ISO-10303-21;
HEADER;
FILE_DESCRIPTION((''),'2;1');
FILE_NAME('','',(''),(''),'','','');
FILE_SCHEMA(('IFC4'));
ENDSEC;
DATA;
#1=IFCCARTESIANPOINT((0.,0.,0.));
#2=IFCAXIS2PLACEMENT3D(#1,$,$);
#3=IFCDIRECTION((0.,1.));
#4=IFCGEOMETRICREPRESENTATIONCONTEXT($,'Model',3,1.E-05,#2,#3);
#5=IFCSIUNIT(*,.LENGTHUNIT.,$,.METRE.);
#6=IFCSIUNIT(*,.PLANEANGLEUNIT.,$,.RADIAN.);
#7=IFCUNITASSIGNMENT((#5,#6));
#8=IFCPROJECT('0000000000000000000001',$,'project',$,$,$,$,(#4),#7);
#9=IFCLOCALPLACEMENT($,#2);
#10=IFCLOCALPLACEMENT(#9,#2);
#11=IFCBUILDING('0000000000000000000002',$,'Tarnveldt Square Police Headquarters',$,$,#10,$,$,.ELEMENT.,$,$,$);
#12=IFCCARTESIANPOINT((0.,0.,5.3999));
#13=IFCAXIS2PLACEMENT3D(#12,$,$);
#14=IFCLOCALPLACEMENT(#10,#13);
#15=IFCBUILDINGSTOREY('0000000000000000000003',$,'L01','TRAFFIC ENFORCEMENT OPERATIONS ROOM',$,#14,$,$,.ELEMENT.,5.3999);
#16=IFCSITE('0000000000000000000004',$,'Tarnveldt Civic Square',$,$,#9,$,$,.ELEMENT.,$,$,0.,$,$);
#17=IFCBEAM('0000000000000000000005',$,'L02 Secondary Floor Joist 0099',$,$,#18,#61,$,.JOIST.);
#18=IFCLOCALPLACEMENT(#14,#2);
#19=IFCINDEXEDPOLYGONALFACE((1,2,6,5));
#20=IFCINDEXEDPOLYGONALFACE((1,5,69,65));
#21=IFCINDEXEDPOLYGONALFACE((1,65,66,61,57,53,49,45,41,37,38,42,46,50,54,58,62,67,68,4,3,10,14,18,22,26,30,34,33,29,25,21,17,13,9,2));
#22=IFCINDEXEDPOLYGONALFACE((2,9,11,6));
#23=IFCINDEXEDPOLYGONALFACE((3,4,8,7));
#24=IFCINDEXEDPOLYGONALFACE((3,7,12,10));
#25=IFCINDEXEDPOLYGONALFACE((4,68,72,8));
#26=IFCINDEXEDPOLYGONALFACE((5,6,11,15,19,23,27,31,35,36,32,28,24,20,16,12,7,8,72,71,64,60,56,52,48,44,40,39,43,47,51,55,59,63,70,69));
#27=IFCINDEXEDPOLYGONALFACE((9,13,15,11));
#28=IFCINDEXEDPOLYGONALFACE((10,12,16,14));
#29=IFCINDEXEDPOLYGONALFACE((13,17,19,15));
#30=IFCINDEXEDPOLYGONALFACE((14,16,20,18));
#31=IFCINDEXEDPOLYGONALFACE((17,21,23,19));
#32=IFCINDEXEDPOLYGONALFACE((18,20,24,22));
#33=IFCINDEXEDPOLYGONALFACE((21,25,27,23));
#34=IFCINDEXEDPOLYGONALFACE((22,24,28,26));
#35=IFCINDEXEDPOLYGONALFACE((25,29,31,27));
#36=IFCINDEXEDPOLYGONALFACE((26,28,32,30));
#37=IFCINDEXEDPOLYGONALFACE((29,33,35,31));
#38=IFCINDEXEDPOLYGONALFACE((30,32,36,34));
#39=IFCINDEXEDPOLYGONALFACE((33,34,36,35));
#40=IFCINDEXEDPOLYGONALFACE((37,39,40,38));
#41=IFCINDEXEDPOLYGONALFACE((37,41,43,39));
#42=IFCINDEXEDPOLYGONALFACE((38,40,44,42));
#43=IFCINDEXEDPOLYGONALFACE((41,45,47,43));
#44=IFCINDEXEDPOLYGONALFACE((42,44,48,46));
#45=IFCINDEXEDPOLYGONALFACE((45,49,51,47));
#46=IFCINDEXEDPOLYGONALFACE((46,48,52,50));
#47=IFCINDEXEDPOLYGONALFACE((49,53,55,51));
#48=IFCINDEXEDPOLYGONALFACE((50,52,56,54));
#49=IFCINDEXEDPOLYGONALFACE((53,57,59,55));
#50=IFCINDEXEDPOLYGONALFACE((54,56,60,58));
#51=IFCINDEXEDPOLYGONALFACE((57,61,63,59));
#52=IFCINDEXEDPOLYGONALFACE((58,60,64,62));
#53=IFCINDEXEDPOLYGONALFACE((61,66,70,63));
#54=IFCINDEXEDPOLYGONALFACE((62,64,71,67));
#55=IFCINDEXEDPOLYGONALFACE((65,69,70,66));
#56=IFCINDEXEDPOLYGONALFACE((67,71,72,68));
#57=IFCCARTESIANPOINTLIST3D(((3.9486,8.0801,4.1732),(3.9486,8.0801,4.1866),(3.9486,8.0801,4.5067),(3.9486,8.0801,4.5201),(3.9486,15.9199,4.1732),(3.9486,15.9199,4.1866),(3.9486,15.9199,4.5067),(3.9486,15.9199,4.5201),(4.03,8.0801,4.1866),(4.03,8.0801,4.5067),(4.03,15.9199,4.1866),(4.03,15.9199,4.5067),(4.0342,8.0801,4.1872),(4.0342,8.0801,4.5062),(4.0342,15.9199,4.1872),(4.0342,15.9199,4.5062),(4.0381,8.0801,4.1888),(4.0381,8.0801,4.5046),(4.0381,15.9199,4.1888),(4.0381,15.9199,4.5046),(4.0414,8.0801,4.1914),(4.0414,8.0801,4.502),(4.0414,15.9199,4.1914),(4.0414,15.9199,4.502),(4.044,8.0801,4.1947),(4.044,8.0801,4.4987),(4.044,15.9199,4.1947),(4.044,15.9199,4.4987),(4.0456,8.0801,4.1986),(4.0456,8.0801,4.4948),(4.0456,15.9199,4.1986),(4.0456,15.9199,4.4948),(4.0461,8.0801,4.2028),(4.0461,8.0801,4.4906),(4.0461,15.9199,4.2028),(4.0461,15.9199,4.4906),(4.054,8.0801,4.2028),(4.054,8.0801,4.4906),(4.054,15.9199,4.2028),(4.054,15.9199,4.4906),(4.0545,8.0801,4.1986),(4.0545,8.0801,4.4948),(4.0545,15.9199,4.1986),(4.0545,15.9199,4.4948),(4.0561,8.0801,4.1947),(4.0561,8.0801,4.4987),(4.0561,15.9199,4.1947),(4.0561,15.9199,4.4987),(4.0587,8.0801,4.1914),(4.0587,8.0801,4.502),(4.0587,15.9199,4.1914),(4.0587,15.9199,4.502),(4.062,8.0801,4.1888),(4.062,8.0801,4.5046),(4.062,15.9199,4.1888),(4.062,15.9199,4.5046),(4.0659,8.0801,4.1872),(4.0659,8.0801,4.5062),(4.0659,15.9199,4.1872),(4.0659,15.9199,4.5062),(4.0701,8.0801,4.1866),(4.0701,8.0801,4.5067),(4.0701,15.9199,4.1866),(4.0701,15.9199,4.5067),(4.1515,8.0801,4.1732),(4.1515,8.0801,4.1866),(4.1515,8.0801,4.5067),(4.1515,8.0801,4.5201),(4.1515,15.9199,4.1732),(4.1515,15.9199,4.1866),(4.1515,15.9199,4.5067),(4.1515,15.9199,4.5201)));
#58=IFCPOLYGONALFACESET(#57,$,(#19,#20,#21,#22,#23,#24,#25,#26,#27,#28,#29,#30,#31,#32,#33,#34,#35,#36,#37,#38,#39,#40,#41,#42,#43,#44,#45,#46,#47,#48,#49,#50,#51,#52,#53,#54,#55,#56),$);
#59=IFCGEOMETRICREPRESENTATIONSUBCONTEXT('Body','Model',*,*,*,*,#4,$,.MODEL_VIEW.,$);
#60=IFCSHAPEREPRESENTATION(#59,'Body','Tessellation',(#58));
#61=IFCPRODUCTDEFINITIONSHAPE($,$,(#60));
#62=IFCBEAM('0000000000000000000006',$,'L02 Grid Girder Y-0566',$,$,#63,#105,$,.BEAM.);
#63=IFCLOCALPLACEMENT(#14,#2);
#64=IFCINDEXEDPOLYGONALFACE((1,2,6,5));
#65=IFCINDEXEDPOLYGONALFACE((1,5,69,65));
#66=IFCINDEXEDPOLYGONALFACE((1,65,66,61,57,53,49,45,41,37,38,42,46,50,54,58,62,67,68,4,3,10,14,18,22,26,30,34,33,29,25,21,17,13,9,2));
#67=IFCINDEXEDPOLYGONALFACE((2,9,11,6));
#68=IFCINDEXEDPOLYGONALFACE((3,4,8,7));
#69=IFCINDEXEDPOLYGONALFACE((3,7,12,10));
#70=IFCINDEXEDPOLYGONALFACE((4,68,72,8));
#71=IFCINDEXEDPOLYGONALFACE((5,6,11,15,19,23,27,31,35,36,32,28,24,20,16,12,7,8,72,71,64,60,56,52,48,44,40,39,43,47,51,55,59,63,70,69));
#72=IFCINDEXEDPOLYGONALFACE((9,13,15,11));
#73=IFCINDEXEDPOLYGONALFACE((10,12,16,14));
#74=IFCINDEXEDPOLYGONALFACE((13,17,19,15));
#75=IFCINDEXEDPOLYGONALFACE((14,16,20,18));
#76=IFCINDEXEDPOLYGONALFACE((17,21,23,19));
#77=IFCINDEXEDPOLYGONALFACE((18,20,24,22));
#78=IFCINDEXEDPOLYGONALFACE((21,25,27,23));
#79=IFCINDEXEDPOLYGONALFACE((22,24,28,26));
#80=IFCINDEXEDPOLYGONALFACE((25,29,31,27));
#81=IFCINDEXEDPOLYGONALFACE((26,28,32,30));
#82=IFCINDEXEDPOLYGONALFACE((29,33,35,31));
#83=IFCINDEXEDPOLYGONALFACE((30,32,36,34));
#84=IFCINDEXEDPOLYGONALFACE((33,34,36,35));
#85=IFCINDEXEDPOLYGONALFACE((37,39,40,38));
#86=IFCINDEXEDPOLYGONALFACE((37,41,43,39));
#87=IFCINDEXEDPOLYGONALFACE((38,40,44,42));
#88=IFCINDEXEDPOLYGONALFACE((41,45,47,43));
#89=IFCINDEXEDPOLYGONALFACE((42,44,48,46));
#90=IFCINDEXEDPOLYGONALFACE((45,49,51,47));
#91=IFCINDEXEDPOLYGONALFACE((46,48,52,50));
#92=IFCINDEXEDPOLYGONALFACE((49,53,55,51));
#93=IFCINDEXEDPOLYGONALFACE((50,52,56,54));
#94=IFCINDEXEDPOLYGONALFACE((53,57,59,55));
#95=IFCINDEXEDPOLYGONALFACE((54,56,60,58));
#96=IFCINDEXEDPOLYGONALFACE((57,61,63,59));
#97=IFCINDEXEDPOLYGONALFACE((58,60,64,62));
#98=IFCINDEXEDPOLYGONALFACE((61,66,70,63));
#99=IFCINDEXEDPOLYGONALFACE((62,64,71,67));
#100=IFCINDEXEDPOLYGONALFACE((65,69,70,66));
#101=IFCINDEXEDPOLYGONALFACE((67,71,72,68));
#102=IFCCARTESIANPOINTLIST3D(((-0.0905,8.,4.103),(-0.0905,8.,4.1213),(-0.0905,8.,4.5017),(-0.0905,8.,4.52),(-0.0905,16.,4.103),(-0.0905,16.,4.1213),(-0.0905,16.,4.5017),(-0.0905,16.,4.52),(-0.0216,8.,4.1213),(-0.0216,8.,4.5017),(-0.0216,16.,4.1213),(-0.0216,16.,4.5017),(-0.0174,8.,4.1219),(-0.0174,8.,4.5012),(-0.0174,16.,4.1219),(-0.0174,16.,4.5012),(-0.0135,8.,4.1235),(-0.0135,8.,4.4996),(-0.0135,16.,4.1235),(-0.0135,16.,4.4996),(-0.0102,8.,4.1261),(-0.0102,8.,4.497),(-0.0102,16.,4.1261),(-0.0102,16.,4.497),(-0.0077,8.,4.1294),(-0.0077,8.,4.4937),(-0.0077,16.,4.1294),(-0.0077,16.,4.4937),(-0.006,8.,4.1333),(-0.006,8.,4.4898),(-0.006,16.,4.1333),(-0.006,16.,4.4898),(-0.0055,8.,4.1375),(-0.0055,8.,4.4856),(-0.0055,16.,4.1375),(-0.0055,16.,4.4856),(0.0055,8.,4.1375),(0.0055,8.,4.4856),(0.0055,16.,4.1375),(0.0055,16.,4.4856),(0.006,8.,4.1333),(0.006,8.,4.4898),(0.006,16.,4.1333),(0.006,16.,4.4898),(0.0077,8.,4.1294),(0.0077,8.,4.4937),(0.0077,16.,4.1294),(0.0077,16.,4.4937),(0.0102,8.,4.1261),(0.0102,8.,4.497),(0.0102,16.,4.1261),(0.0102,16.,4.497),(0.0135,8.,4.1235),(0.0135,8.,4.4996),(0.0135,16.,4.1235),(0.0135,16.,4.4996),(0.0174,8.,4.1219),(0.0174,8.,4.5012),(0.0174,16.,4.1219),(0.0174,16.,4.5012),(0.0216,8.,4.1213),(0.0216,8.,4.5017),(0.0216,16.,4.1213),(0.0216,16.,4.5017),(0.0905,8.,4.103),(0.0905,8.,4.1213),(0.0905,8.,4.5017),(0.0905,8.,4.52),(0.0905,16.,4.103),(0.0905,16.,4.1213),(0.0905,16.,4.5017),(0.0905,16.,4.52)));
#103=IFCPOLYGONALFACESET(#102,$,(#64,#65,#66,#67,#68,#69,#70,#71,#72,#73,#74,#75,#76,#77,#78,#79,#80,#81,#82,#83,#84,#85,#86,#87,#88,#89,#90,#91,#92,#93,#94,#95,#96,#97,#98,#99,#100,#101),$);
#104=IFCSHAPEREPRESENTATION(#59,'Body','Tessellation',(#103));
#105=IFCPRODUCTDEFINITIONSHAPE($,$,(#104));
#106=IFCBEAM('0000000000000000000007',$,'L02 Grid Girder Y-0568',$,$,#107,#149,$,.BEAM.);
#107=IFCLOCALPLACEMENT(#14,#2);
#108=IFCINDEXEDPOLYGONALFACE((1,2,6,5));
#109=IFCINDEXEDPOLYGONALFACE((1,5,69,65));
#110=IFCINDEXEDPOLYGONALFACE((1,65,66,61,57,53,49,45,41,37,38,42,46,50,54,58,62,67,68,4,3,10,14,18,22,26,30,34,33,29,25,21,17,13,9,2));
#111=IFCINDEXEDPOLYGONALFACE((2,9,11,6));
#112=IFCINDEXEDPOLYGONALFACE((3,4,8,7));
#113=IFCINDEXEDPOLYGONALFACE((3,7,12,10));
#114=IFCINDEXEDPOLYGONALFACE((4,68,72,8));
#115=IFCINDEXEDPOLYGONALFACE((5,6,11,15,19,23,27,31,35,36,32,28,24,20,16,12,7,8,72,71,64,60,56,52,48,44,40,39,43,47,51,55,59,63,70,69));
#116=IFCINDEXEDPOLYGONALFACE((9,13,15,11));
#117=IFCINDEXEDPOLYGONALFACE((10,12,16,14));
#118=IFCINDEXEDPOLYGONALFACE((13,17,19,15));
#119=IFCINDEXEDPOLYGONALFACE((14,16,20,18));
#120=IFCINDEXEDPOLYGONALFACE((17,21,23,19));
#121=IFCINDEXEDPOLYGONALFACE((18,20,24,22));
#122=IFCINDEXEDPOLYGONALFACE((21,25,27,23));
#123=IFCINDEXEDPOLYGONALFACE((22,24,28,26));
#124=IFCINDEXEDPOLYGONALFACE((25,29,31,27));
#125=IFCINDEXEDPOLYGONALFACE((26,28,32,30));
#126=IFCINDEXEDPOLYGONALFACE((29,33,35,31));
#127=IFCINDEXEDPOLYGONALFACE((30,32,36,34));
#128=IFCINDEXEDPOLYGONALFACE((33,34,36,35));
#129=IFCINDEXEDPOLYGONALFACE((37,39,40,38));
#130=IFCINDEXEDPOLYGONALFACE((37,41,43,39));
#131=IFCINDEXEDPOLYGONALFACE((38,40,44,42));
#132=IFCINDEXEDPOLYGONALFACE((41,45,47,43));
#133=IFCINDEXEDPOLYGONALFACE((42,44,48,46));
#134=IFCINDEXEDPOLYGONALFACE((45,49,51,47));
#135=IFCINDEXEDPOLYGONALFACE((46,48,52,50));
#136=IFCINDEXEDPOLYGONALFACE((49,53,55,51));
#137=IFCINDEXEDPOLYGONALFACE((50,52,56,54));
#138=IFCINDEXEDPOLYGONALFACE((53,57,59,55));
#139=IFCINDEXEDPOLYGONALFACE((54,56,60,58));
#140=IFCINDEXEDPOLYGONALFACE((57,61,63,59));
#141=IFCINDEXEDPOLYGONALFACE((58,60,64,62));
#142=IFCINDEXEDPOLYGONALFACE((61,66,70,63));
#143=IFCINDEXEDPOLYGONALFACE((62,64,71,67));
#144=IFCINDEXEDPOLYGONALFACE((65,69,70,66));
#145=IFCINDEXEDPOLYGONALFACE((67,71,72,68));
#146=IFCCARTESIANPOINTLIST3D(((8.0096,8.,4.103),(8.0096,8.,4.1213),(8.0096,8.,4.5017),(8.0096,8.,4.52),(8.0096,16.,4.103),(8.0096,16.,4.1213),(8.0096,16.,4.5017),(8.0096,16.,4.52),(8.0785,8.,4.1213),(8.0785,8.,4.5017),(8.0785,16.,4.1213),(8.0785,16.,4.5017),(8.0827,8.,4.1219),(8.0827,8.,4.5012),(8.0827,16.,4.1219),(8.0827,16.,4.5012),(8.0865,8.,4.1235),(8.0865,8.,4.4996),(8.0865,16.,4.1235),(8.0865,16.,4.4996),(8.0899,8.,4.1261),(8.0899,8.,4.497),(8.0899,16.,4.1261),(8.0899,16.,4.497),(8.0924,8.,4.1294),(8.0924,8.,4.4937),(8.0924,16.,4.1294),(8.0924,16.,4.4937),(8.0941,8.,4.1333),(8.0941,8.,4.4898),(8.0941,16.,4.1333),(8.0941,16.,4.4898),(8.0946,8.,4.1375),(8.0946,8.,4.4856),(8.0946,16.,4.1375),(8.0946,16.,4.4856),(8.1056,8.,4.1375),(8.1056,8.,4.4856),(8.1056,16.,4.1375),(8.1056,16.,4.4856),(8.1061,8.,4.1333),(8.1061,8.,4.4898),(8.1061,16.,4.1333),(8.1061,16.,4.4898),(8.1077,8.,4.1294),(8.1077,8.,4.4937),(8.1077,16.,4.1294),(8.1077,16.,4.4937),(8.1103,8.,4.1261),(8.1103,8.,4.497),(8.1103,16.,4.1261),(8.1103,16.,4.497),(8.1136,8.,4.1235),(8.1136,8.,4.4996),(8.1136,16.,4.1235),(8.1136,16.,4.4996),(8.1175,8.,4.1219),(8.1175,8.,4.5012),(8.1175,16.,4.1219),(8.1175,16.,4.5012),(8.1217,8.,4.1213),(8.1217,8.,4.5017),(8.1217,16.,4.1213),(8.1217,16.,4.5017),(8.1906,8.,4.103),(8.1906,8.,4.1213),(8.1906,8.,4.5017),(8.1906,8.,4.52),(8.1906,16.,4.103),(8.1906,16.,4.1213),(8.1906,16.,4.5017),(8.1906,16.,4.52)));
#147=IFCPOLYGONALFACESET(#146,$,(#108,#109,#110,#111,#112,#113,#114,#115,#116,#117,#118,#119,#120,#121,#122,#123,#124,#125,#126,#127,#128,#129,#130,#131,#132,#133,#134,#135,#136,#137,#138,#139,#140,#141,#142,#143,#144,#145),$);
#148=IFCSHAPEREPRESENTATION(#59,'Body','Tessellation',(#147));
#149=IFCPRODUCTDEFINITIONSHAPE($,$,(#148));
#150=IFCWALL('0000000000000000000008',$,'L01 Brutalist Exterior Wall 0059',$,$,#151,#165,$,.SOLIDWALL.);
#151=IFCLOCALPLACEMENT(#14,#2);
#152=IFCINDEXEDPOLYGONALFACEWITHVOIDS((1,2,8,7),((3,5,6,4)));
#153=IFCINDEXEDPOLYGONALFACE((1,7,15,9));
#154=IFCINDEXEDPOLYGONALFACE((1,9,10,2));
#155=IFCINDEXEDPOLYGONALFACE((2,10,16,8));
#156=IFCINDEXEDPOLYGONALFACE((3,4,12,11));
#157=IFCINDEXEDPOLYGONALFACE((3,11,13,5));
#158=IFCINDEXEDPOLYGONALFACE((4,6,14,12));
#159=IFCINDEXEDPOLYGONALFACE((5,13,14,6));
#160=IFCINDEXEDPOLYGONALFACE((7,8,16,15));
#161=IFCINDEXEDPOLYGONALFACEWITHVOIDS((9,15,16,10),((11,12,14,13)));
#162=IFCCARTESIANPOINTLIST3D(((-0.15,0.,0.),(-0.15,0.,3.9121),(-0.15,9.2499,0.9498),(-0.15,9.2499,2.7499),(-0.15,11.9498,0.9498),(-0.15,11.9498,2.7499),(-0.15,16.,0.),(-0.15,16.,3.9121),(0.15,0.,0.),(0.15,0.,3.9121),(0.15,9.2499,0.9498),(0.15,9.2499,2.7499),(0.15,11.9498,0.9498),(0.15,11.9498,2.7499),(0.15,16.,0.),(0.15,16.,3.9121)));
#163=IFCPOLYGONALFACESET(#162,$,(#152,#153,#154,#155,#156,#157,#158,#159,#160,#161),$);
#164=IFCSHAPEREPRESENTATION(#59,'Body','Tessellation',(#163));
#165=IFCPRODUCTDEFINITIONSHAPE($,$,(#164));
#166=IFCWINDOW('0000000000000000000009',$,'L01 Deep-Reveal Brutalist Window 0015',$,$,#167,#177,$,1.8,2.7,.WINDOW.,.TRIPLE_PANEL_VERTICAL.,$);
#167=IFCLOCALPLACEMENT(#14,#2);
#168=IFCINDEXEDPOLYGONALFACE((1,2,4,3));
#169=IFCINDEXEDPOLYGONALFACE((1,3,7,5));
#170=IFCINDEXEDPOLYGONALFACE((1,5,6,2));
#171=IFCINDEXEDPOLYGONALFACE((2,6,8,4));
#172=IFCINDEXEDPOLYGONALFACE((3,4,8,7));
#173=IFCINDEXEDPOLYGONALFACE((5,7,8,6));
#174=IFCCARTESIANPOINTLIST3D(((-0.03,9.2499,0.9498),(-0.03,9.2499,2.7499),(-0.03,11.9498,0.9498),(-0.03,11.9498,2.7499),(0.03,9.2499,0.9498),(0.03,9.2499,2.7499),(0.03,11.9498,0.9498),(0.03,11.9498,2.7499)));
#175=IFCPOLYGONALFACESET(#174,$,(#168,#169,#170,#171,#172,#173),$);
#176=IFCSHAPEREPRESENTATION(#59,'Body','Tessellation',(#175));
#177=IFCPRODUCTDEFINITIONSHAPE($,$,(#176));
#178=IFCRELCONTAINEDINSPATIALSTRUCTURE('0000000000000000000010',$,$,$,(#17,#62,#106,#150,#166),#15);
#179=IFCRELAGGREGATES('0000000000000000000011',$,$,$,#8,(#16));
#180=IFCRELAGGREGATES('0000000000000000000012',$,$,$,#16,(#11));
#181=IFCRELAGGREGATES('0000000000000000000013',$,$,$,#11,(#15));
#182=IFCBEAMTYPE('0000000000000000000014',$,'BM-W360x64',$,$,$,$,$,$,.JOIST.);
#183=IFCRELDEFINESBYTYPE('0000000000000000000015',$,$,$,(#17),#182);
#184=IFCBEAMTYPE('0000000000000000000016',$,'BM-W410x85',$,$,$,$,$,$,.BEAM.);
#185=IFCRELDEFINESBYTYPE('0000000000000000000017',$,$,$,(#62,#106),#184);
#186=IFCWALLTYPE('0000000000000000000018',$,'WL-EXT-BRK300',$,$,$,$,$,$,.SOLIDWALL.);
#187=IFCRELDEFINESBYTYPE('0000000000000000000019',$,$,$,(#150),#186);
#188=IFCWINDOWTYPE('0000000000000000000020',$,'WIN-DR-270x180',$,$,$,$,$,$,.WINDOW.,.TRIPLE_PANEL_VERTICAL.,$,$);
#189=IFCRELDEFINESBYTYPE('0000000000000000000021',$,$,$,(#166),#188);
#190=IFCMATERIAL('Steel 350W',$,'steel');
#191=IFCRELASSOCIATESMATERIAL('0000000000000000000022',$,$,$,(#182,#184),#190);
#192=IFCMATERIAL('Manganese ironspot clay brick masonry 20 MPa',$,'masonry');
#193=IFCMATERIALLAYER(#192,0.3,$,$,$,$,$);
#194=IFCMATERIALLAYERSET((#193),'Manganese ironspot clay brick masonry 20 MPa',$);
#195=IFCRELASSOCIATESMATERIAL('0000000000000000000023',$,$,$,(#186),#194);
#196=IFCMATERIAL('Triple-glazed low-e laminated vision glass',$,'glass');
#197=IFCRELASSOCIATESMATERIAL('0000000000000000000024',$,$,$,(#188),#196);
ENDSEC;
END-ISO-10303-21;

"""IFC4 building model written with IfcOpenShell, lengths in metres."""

from ifc_helpers import new_model, si_unit, direction, frame, frame_2d, origin, origin_2d, place, context, subcontext, project, spatial, rectangle, i_section, extrude, material, layer, layer_set, material_profile, profile_set, type_object, element, fill, save


model = new_model("IFC4")

# Units and contexts
model_context = context("Model", 3, precision=1e-05, world=origin(), true_north=direction((0.0, 1.0)))
body_context = subcontext(model_context, "Body", "Model", "MODEL_VIEW")
ifc_project = project(units=[si_unit("LENGTHUNIT", "METRE"), si_unit("PLANEANGLEUNIT", "RADIAN")], contexts=[model_context])

# Site, building, storey
site_placement = place(None, origin())
site = spatial("IfcSite", under=ifc_project, at=site_placement, Name="Tarnveldt Civic Square", CompositionType="ELEMENT", RefElevation=0.0)
building_placement = place(site_placement, origin())
building = spatial("IfcBuilding", under=site, at=building_placement, Name="Tarnveldt Square Police Headquarters", CompositionType="ELEMENT")
storey_placement = place(building_placement, frame((0.0, 0.0, 5.3999)))
storey = spatial("IfcBuildingStorey", under=building, at=storey_placement, Name="L01", Description="TRAFFIC ENFORCEMENT OPERATIONS ROOM", CompositionType="ELEMENT", Elevation=5.3999)

# Beams
ifc_material_1 = material(Name="Steel 350W", Category="steel")
ifc_material_profile_1 = material_profile(ifc_material_1, i_section(OverallWidth=0.2029, OverallDepth=0.3469, WebThickness=0.0078, FlangeThickness=0.0134, FilletRadius=0.0161, at=origin_2d()), Name="W360x64")
ifc_profile_set_1 = profile_set([ifc_material_profile_1], Name="Steel 350W")
beam_type_1 = type_object("IfcBeamType", Name="BM-W360x64", PredefinedType="JOIST", material=ifc_profile_set_1)
beam_1_placement = place(storey_placement, frame((4.05, 8.0801, 4.3467), z_axis=(0.0, 1.0, 0.0), x_axis=(-1.0, 0.0, 0.0)))
element("IfcBeam", 1, at=beam_1_placement, inside=storey, type_object=beam_type_1, Name="L02 Secondary Floor Joist 0099", PredefinedType="JOIST", context=body_context, shape_type="SweptSolid", body=[
    extrude(i_section(OverallWidth=0.2029, OverallDepth=0.3469, WebThickness=0.0078, FlangeThickness=0.0134, FilletRadius=0.0161, at=origin_2d()), origin(), (0.0, 0.0, 1.0), 7.8398),
])
ifc_material_profile_2 = material_profile(ifc_material_1, i_section(OverallWidth=0.1809, OverallDepth=0.417, WebThickness=0.011, FlangeThickness=0.0183, FilletRadius=0.0161, at=origin_2d()), Name="W410x85")
ifc_profile_set_2 = profile_set([ifc_material_profile_2], Name="Steel 350W")
beam_type_2 = type_object("IfcBeamType", Name="BM-W410x85", PredefinedType="BEAM", material=ifc_profile_set_2)
for number, where, z_axis, x_axis, name in (
    (2, (0.0, 8.0, 4.3115), (0.0, 1.0, 0.0), (-1.0, 0.0, 0.0), "L02 Grid Girder Y-0566"),
    (3, (8.1001, 8.0, 4.3115), (0.0, 1.0, 0.0), (-1.0, 0.0, 0.0), "L02 Grid Girder Y-0568"),
):
    element("IfcBeam", number, at=place(storey_placement, frame(where, z_axis=z_axis, x_axis=x_axis)), inside=storey, type_object=beam_type_2, Name=name, PredefinedType="BEAM", context=body_context, shape_type="SweptSolid", body=[
        extrude(i_section(OverallWidth=0.1809, OverallDepth=0.417, WebThickness=0.011, FlangeThickness=0.0183, FilletRadius=0.0161, at=origin_2d()), origin(), (0.0, 0.0, 1.0), 8.0),
    ])

# Wall, opening, window
ifc_material_2 = material(Name="Manganese ironspot clay brick masonry 20 MPa", Category="masonry")
ifc_layer_1 = layer(ifc_material_2, 0.3)
ifc_layer_set_1 = layer_set([ifc_layer_1], Name="Manganese ironspot clay brick masonry 20 MPa")
wall_type = type_object("IfcWallType", Name="WL-EXT-BRK300", PredefinedType="SOLIDWALL", material=ifc_layer_set_1)
wall_placement = place(storey_placement, frame((0.0, 16.0, 0.0), z_axis=(0.0, 0.0, 1.0), x_axis=(0.0, -1.0, 0.0)))
wall = element("IfcWall", 4, at=wall_placement, inside=storey, type_object=wall_type, Name="L01 Brutalist Exterior Wall 0059", PredefinedType="SOLIDWALL", context=body_context, shape_type="SweptSolid", body=[
    extrude(rectangle(XDim=16.0, YDim=0.3, at=frame_2d((8.0, 0.0))), origin(), (0.0, 0.0, 1.0), 3.9121),
])
opening_placement = place(wall_placement, frame((4.05, 0.0, 0.95)))
opening = element("IfcOpeningElement", 5, at=opening_placement, cuts=wall, PredefinedType="OPENING", context=body_context, shape_type="SweptSolid", body=[
    extrude(rectangle(XDim=2.7, YDim=1.8, at=frame_2d((1.3501, 0.8999))), frame((0.0, 0.1599, 0.0), z_axis=(0.0, -1.0, 0.0), x_axis=(1.0, 0.0, 0.0)), (0.0, 0.0, 1.0), 0.3201),
])
ifc_material_3 = material(Name="Triple-glazed low-e laminated vision glass", Category="glass")
window_type = type_object("IfcWindowType", Name="WIN-DR-270x180", PartitioningType="TRIPLE_PANEL_VERTICAL", PredefinedType="WINDOW", material=ifc_material_3)
window_placement = place(opening_placement, origin())
window = element("IfcWindow", 6, at=window_placement, inside=storey, type_object=window_type, Name="L01 Deep-Reveal Brutalist Window 0015", OverallHeight=1.8, OverallWidth=2.7, PartitioningType="TRIPLE_PANEL_VERTICAL", PredefinedType="WINDOW", context=body_context, shape_type="SweptSolid", body=[
    extrude(rectangle(XDim=2.7, YDim=1.8, at=frame_2d((1.3501, 0.8999))), frame((0.0, 0.03, 0.0), z_axis=(0.0, -1.0, 0.0), x_axis=(1.0, 0.0, 0.0)), (0.0, 0.0, 1.0), 0.0601),
])
fill(opening, window)

save(model, "model.ifc")
